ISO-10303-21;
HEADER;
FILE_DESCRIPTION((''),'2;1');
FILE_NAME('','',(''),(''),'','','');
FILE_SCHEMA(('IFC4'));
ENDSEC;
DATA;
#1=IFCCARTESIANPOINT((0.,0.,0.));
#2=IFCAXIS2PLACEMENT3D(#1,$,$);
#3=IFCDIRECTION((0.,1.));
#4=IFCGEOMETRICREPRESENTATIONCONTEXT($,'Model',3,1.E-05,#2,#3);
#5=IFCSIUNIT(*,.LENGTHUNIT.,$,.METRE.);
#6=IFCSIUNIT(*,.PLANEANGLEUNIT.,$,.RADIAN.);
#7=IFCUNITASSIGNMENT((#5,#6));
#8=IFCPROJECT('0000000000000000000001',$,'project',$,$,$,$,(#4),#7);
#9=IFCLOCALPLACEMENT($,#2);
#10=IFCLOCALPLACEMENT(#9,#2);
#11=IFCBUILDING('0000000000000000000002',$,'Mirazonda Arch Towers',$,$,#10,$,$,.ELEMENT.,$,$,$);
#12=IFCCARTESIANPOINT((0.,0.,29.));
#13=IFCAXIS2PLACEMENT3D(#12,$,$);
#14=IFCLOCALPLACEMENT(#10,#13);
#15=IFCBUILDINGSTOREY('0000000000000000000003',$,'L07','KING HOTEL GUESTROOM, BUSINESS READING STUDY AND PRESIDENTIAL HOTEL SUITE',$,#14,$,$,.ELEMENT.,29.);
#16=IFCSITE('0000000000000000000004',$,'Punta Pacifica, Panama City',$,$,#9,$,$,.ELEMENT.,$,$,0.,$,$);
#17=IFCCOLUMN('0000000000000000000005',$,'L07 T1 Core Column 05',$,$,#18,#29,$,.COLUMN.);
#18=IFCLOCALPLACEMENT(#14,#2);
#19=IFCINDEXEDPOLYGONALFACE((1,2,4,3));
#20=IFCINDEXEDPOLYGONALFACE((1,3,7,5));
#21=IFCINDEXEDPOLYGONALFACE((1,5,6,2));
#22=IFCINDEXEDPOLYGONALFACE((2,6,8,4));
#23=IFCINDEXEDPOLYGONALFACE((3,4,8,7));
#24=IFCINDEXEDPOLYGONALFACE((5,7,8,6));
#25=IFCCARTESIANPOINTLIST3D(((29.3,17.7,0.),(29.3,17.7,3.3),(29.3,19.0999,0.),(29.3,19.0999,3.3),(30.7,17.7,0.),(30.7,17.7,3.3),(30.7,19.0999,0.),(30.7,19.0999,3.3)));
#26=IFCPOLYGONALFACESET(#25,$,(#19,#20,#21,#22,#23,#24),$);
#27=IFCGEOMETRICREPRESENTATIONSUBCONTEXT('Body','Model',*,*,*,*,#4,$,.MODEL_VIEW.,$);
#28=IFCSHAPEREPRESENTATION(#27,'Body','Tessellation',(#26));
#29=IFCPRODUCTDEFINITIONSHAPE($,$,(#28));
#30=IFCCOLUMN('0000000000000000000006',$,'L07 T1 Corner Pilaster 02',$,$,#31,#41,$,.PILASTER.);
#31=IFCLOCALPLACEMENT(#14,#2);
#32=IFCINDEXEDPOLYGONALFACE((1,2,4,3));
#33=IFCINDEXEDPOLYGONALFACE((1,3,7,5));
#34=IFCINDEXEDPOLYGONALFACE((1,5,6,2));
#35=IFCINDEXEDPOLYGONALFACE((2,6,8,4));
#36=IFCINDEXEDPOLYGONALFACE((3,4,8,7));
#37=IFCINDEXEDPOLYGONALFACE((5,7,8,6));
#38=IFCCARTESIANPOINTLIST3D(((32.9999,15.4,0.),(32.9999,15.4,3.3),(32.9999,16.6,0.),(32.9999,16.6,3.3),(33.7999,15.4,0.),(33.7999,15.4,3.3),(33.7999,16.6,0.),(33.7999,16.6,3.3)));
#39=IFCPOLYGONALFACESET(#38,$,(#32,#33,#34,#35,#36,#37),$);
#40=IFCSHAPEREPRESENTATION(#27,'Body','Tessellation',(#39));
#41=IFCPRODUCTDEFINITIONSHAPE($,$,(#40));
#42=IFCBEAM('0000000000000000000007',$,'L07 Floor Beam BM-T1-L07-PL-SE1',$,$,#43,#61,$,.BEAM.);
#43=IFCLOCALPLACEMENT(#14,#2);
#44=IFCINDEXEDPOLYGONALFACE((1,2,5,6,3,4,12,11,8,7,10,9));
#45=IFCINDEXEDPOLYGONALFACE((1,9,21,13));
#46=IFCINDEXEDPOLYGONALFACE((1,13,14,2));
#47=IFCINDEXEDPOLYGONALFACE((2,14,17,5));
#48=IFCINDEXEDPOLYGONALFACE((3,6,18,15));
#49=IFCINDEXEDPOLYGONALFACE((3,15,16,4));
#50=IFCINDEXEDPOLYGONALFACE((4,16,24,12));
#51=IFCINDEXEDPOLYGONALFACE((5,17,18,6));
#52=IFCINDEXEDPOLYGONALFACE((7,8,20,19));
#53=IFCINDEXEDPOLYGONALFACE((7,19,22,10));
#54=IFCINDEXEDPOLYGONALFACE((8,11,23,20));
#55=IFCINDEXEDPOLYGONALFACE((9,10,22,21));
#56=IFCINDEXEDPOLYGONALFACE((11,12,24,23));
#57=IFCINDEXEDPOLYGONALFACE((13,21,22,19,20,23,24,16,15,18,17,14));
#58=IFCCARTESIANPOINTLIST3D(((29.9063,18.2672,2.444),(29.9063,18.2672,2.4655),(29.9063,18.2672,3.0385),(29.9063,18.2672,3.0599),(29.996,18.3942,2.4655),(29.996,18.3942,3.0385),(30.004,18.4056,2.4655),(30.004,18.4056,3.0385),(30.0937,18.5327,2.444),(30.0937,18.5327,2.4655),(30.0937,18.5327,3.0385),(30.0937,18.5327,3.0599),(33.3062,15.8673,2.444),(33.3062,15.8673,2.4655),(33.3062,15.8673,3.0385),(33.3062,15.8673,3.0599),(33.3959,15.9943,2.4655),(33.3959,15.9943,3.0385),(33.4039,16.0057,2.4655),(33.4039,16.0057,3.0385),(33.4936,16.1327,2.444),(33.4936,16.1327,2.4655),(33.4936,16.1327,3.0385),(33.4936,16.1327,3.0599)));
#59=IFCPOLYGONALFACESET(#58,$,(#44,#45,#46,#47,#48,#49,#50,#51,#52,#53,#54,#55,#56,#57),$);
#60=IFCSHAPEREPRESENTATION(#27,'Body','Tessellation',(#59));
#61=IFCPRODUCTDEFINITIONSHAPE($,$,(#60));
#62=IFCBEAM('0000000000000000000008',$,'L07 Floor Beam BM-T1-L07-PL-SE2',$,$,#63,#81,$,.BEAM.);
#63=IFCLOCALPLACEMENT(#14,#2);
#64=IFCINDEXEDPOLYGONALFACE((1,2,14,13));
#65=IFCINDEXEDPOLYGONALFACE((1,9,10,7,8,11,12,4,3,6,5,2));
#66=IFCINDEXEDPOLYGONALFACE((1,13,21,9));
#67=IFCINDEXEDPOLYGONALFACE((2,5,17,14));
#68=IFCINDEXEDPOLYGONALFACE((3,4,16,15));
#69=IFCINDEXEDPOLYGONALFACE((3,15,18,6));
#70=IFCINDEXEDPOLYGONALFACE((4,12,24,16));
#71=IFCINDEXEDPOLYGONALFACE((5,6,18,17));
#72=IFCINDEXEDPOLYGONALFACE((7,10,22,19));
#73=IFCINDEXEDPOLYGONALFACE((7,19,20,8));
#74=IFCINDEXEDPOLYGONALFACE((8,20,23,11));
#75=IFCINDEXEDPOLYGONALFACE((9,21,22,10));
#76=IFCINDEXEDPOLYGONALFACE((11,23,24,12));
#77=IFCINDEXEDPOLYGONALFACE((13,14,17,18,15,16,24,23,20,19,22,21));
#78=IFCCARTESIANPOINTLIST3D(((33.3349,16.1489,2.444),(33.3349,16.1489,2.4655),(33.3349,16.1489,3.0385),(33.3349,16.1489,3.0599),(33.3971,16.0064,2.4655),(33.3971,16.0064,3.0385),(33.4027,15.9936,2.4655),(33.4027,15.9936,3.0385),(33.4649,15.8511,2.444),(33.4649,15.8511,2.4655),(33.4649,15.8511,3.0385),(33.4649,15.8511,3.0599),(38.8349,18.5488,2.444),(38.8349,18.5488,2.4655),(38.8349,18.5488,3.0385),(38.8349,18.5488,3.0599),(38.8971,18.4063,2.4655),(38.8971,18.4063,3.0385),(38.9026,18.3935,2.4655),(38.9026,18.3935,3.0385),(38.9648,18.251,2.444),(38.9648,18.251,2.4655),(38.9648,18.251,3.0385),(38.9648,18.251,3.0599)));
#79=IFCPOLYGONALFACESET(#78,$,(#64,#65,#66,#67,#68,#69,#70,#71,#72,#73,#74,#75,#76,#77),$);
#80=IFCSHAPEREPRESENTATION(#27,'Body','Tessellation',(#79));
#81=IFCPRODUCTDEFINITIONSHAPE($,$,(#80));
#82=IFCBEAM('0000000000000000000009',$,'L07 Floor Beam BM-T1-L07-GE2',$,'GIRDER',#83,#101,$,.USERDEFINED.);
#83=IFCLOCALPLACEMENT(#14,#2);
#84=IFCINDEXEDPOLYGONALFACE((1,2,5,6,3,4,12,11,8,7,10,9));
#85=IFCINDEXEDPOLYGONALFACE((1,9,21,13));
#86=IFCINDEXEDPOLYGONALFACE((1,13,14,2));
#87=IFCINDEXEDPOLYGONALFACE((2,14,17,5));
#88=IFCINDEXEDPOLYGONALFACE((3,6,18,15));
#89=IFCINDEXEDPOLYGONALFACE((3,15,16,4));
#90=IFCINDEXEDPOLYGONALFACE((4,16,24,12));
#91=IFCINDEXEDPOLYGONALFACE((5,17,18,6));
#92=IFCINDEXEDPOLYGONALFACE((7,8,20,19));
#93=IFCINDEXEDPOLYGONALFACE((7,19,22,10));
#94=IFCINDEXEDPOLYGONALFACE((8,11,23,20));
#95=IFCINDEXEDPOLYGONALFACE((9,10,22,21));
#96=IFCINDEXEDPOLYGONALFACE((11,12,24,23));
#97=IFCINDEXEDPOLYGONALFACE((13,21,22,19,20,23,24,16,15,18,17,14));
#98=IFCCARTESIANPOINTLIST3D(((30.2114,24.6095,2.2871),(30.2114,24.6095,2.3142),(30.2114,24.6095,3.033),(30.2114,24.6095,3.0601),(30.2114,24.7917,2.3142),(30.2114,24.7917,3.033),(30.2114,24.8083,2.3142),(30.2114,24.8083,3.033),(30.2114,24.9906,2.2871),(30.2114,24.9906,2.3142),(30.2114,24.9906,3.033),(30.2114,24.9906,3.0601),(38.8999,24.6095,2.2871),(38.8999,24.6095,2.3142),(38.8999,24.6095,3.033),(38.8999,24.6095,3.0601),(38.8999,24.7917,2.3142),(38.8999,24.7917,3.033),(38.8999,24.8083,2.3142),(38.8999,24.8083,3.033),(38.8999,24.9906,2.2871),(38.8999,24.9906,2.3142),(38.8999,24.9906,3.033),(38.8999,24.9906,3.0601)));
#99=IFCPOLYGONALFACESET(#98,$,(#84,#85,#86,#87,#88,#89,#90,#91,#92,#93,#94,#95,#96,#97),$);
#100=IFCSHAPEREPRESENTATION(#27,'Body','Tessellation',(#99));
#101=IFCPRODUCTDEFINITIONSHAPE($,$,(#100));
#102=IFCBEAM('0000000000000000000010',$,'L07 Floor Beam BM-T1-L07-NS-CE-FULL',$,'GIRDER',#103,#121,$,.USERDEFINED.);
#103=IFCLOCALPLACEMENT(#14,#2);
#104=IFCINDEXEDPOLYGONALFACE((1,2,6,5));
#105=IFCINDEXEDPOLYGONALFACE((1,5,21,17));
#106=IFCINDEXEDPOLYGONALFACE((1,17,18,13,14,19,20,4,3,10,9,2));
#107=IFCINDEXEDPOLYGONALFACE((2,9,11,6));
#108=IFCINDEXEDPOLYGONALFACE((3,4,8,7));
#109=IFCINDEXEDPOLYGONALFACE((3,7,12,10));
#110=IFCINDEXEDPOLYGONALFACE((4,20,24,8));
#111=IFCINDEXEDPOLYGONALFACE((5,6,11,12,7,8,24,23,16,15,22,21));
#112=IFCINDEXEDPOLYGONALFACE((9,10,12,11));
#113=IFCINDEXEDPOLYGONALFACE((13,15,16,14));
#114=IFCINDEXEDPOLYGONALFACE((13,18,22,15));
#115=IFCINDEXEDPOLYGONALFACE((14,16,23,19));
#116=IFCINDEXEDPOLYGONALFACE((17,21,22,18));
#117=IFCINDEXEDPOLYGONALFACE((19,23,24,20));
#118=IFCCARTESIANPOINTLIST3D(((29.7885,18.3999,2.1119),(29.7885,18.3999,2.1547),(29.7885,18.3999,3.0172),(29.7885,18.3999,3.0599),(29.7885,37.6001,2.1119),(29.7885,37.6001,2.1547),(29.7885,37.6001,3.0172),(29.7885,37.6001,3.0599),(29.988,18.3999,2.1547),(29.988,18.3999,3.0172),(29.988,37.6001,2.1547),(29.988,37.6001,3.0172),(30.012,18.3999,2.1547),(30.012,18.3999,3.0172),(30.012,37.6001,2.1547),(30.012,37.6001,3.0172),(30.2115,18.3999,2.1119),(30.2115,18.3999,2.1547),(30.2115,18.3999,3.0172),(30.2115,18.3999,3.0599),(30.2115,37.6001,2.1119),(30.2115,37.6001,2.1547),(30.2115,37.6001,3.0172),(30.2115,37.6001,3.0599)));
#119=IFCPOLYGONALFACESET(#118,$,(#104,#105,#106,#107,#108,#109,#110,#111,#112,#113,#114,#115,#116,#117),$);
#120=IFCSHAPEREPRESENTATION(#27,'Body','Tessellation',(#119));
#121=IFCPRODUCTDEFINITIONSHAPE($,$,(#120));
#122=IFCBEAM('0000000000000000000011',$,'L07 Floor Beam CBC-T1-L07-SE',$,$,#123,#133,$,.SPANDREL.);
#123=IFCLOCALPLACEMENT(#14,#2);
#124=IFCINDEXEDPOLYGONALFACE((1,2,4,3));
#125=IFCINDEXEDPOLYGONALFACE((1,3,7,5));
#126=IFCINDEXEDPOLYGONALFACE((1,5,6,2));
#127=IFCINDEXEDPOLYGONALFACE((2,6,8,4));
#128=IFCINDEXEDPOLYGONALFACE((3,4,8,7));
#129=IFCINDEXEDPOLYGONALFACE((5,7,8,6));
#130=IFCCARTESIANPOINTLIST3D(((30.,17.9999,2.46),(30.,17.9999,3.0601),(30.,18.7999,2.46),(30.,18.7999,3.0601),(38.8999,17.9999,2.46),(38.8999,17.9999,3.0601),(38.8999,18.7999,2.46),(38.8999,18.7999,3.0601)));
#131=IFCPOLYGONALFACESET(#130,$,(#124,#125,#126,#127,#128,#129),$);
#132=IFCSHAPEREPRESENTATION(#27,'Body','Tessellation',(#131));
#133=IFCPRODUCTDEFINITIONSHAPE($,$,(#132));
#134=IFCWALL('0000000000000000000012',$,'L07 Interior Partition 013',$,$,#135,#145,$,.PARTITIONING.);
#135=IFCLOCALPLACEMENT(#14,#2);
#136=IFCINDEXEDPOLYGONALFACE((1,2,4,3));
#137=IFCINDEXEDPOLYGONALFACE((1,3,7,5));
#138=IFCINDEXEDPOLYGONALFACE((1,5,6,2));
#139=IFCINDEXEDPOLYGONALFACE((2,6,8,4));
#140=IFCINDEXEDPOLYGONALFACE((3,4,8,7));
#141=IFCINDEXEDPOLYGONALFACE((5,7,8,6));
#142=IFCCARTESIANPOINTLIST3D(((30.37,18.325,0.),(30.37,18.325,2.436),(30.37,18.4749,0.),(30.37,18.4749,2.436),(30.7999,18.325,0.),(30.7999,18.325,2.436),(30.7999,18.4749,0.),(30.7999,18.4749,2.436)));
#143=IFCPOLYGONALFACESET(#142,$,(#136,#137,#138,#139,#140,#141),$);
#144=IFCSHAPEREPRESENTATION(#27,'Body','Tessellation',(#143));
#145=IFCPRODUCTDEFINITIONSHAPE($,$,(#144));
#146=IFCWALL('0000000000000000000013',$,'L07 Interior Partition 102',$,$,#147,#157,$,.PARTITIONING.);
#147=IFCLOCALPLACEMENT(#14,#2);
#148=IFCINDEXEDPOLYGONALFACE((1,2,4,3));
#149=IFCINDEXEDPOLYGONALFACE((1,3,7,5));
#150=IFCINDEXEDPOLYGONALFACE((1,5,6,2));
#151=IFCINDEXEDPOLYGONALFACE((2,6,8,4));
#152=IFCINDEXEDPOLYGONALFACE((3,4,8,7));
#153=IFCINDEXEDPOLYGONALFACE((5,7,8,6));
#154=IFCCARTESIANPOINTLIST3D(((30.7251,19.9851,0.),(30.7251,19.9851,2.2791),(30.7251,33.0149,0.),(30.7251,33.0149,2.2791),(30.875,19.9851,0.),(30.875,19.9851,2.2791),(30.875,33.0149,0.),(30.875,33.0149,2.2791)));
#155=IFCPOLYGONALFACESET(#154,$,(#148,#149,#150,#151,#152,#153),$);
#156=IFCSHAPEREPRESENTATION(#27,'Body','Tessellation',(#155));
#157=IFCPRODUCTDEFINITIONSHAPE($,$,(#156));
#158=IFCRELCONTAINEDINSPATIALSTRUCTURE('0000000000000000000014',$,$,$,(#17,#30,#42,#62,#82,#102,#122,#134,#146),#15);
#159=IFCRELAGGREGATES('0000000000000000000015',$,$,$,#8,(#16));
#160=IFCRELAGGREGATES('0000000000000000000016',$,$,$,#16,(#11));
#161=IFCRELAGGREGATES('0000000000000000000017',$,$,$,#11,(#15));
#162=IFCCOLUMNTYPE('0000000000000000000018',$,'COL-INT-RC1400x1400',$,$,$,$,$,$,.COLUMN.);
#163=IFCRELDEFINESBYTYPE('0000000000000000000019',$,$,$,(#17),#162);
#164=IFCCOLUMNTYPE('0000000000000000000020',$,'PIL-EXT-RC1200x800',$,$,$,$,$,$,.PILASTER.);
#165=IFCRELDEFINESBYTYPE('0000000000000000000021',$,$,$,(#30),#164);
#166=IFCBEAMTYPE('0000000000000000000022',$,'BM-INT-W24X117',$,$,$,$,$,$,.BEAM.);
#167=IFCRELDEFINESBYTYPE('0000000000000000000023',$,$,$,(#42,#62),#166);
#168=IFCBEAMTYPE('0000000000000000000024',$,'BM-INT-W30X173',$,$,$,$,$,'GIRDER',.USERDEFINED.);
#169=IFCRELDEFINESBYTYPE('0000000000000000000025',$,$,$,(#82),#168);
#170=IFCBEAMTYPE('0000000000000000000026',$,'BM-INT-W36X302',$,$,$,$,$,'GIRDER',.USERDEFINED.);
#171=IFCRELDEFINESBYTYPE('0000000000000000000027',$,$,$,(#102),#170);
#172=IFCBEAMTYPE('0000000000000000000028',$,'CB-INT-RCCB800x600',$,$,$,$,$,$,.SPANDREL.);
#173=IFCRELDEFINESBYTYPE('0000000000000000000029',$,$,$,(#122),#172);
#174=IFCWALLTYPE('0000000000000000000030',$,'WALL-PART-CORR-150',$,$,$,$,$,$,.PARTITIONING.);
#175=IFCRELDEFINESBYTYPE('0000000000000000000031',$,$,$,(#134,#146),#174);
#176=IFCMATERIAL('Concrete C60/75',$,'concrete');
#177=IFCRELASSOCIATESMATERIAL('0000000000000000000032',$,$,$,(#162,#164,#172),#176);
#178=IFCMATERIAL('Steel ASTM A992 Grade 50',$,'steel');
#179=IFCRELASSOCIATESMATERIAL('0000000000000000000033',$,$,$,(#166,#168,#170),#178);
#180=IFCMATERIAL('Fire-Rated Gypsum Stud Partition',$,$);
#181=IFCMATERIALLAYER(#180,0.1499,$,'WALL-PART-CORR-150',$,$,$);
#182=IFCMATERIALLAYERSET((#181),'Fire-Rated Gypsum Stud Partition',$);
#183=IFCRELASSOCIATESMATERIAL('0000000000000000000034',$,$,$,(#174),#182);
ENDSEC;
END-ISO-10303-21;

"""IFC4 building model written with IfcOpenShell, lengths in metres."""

from ifc_helpers import new_model, si_unit, direction, frame, frame_2d, origin, origin_2d, place, context, subcontext, project, spatial, rectangle, i_section, extrude, material, layer, layer_set, material_profile, profile_set, type_object, element, save


model = new_model("IFC4")

# Units and contexts
model_context = context("Model", 3, precision=1e-05, world=origin(), true_north=direction((0.0, 1.0)))
body_context = subcontext(model_context, "Body", "Model", "MODEL_VIEW")
ifc_project = project(units=[si_unit("LENGTHUNIT", "METRE"), si_unit("PLANEANGLEUNIT", "RADIAN")], contexts=[model_context])

# Site, building, storey
site_placement = place(None, origin())
site = spatial("IfcSite", under=ifc_project, at=site_placement, Name="Punta Pacifica, Panama City", CompositionType="ELEMENT", RefElevation=0.0)
building_placement = place(site_placement, origin())
building = spatial("IfcBuilding", under=site, at=building_placement, Name="Mirazonda Arch Towers", CompositionType="ELEMENT")
storey_placement = place(building_placement, frame((0.0, 0.0, 29.0)))
storey = spatial("IfcBuildingStorey", under=building, at=storey_placement, Name="L07", Description="KING HOTEL GUESTROOM, BUSINESS READING STUDY AND PRESIDENTIAL HOTEL SUITE", CompositionType="ELEMENT", Elevation=29.0)

# Columns
ifc_material_1 = material(Name="Concrete C60/75", Category="concrete")
ifc_material_profile_1 = material_profile(ifc_material_1, rectangle(XDim=1.3999, YDim=1.3999, at=origin_2d()), Name="RC1400x1400")
ifc_profile_set_1 = profile_set([ifc_material_profile_1], Name="Concrete C60/75")
column_type_1 = type_object("IfcColumnType", Name="COL-INT-RC1400x1400", PredefinedType="COLUMN", material=ifc_profile_set_1)
column_1_placement = place(storey_placement, frame((30.0, 18.3999, 0.0), z_axis=(0.0, 0.0, 1.0), x_axis=(1.0, 0.0, 0.0)))
element("IfcColumn", 1, at=column_1_placement, inside=storey, type_object=column_type_1, Name="L07 T1 Core Column 05", PredefinedType="COLUMN", context=body_context, shape_type="SweptSolid", body=[
    extrude(rectangle(XDim=1.3999, YDim=1.3999, at=origin_2d()), origin(), (0.0, 0.0, 1.0), 3.3),
])
ifc_material_profile_2 = material_profile(ifc_material_1, rectangle(XDim=0.8, YDim=1.2, at=origin_2d()), Name="RC1200x800")
ifc_profile_set_2 = profile_set([ifc_material_profile_2], Name="Concrete C60/75")
column_type_2 = type_object("IfcColumnType", Name="PIL-EXT-RC1200x800", PredefinedType="PILASTER", material=ifc_profile_set_2)
column_2_placement = place(storey_placement, frame((33.3999, 16.0, 0.0), z_axis=(0.0, 0.0, 1.0), x_axis=(1.0, 0.0, 0.0)))
element("IfcColumn", 2, at=column_2_placement, inside=storey, type_object=column_type_2, Name="L07 T1 Corner Pilaster 02", PredefinedType="PILASTER", context=body_context, shape_type="SweptSolid", body=[
    extrude(rectangle(XDim=0.8, YDim=1.2, at=origin_2d()), origin(), (0.0, 0.0, 1.0), 3.3),
])

# Beams
ifc_material_2 = material(Name="Steel ASTM A992 Grade 50", Category="steel")
ifc_material_profile_3 = material_profile(ifc_material_2, i_section(OverallWidth=0.325, OverallDepth=0.616, WebThickness=0.0139, FlangeThickness=0.0215, at=origin_2d()), Name="W24X117")
ifc_profile_set_3 = profile_set([ifc_material_profile_3], Name="Steel ASTM A992 Grade 50")
beam_type_1 = type_object("IfcBeamType", Name="BM-INT-W24X117", PredefinedType="BEAM", material=ifc_profile_set_3)
beam_1_placement = place(storey_placement, frame((33.3999, 16.0, 2.752), z_axis=(-0.816971, 0.576679, 0.0), x_axis=(-0.576679, -0.816971, 0.0)))
element("IfcBeam", 3, at=beam_1_placement, inside=storey, type_object=beam_type_1, Name="L07 Floor Beam BM-T1-L07-PL-SE1", PredefinedType="BEAM", context=body_context, shape_type="SweptSolid", body=[
    extrude(i_section(OverallWidth=0.325, OverallDepth=0.616, WebThickness=0.0139, FlangeThickness=0.0215, at=origin_2d()), origin(), (0.0, 0.0, 1.0), 4.1616),
])
beam_2_placement = place(storey_placement, frame((33.3999, 16.0, 2.752), z_axis=(0.916545, 0.399931, 0.0), x_axis=(-0.399931, 0.916545, 0.0)))
element("IfcBeam", 4, at=beam_2_placement, inside=storey, type_object=beam_type_1, Name="L07 Floor Beam BM-T1-L07-PL-SE2", PredefinedType="BEAM", context=body_context, shape_type="SweptSolid", body=[
    extrude(i_section(OverallWidth=0.325, OverallDepth=0.616, WebThickness=0.0139, FlangeThickness=0.0215, at=origin_2d()), origin(), (0.0, 0.0, 1.0), 6.0007),
])
ifc_material_profile_4 = material_profile(ifc_material_2, i_section(OverallWidth=0.3811, OverallDepth=0.7729, WebThickness=0.0166, FlangeThickness=0.0271, at=origin_2d()), Name="W30X173")
ifc_profile_set_4 = profile_set([ifc_material_profile_4], Name="Steel ASTM A992 Grade 50")
beam_type_2 = type_object("IfcBeamType", Name="BM-INT-W30X173", ElementType="GIRDER", PredefinedType="USERDEFINED", material=ifc_profile_set_4)
beam_3_placement = place(storey_placement, frame((30.2114, 24.8, 2.6736), z_axis=(1.0, 0.0, 0.0), x_axis=(0.0, 1.0, 0.0)))
element("IfcBeam", 5, at=beam_3_placement, inside=storey, type_object=beam_type_2, Name="L07 Floor Beam BM-T1-L07-GE2", ObjectType="GIRDER", PredefinedType="USERDEFINED", context=body_context, shape_type="SweptSolid", body=[
    extrude(i_section(OverallWidth=0.3811, OverallDepth=0.7729, WebThickness=0.0166, FlangeThickness=0.0271, at=origin_2d()), origin(), (0.0, 0.0, 1.0), 8.6885),
])
ifc_material_profile_5 = material_profile(ifc_material_2, i_section(OverallWidth=0.4231, OverallDepth=0.948, WebThickness=0.0239, FlangeThickness=0.0427, at=origin_2d()), Name="W36X302")
ifc_profile_set_5 = profile_set([ifc_material_profile_5], Name="Steel ASTM A992 Grade 50")
beam_type_3 = type_object("IfcBeamType", Name="BM-INT-W36X302", ElementType="GIRDER", PredefinedType="USERDEFINED", material=ifc_profile_set_5)
beam_4_placement = place(storey_placement, frame((30.0, 18.3999, 2.5859), z_axis=(0.0, 1.0, 0.0), x_axis=(-1.0, 0.0, 0.0)))
element("IfcBeam", 6, at=beam_4_placement, inside=storey, type_object=beam_type_3, Name="L07 Floor Beam BM-T1-L07-NS-CE-FULL", ObjectType="GIRDER", PredefinedType="USERDEFINED", context=body_context, shape_type="SweptSolid", body=[
    extrude(i_section(OverallWidth=0.4231, OverallDepth=0.948, WebThickness=0.0239, FlangeThickness=0.0427, at=origin_2d()), origin(), (0.0, 0.0, 1.0), 19.2002),
])
ifc_material_profile_6 = material_profile(ifc_material_1, rectangle(XDim=0.8, YDim=0.6001, at=origin_2d()), Name="RCCB800x600")
ifc_profile_set_6 = profile_set([ifc_material_profile_6], Name="Concrete C60/75")
beam_type_4 = type_object("IfcBeamType", Name="CB-INT-RCCB800x600", PredefinedType="SPANDREL", material=ifc_profile_set_6)
beam_5_placement = place(storey_placement, frame((30.0, 18.3999, 2.76), z_axis=(1.0, 0.0, 0.0), x_axis=(0.0, 1.0, 0.0)))
element("IfcBeam", 7, at=beam_5_placement, inside=storey, type_object=beam_type_4, Name="L07 Floor Beam CBC-T1-L07-SE", PredefinedType="SPANDREL", context=body_context, shape_type="SweptSolid", body=[
    extrude(rectangle(XDim=0.8, YDim=0.6001, at=origin_2d()), origin(), (0.0, 0.0, 1.0), 8.8999),
])

# Walls
ifc_material_3 = material(Name="Fire-Rated Gypsum Stud Partition")
ifc_layer_1 = layer(ifc_material_3, 0.1499, Name="WALL-PART-CORR-150")
ifc_layer_set_1 = layer_set([ifc_layer_1], Name="Fire-Rated Gypsum Stud Partition")
wall_type_1 = type_object("IfcWallType", Name="WALL-PART-CORR-150", PredefinedType="PARTITIONING", material=ifc_layer_set_1)
wall_1_placement = place(storey_placement, frame((30.3701, 18.3999, 0.0), z_axis=(0.0, 0.0, 1.0), x_axis=(1.0, 0.0, 0.0)))
element("IfcWall", 8, at=wall_1_placement, inside=storey, type_object=wall_type_1, Name="L07 Interior Partition 013", PredefinedType="PARTITIONING", context=body_context, shape_type="SweptSolid", body=[
    extrude(rectangle(XDim=0.4299, YDim=0.1499, at=frame_2d((0.2148, 0.0))), origin(), (0.0, 0.0, 1.0), 2.436),
])
wall_2_placement = place(storey_placement, frame((30.8, 19.9851, 0.0), z_axis=(0.0, 0.0, 1.0), x_axis=(0.0, 1.0, 0.0)))
element("IfcWall", 9, at=wall_2_placement, inside=storey, type_object=wall_type_1, Name="L07 Interior Partition 102", PredefinedType="PARTITIONING", context=body_context, shape_type="SweptSolid", body=[
    extrude(rectangle(XDim=13.0298, YDim=0.1499, at=frame_2d((6.5149, 0.0))), origin(), (0.0, 0.0, 1.0), 2.2791),
])

save(model, "model.ifc")
